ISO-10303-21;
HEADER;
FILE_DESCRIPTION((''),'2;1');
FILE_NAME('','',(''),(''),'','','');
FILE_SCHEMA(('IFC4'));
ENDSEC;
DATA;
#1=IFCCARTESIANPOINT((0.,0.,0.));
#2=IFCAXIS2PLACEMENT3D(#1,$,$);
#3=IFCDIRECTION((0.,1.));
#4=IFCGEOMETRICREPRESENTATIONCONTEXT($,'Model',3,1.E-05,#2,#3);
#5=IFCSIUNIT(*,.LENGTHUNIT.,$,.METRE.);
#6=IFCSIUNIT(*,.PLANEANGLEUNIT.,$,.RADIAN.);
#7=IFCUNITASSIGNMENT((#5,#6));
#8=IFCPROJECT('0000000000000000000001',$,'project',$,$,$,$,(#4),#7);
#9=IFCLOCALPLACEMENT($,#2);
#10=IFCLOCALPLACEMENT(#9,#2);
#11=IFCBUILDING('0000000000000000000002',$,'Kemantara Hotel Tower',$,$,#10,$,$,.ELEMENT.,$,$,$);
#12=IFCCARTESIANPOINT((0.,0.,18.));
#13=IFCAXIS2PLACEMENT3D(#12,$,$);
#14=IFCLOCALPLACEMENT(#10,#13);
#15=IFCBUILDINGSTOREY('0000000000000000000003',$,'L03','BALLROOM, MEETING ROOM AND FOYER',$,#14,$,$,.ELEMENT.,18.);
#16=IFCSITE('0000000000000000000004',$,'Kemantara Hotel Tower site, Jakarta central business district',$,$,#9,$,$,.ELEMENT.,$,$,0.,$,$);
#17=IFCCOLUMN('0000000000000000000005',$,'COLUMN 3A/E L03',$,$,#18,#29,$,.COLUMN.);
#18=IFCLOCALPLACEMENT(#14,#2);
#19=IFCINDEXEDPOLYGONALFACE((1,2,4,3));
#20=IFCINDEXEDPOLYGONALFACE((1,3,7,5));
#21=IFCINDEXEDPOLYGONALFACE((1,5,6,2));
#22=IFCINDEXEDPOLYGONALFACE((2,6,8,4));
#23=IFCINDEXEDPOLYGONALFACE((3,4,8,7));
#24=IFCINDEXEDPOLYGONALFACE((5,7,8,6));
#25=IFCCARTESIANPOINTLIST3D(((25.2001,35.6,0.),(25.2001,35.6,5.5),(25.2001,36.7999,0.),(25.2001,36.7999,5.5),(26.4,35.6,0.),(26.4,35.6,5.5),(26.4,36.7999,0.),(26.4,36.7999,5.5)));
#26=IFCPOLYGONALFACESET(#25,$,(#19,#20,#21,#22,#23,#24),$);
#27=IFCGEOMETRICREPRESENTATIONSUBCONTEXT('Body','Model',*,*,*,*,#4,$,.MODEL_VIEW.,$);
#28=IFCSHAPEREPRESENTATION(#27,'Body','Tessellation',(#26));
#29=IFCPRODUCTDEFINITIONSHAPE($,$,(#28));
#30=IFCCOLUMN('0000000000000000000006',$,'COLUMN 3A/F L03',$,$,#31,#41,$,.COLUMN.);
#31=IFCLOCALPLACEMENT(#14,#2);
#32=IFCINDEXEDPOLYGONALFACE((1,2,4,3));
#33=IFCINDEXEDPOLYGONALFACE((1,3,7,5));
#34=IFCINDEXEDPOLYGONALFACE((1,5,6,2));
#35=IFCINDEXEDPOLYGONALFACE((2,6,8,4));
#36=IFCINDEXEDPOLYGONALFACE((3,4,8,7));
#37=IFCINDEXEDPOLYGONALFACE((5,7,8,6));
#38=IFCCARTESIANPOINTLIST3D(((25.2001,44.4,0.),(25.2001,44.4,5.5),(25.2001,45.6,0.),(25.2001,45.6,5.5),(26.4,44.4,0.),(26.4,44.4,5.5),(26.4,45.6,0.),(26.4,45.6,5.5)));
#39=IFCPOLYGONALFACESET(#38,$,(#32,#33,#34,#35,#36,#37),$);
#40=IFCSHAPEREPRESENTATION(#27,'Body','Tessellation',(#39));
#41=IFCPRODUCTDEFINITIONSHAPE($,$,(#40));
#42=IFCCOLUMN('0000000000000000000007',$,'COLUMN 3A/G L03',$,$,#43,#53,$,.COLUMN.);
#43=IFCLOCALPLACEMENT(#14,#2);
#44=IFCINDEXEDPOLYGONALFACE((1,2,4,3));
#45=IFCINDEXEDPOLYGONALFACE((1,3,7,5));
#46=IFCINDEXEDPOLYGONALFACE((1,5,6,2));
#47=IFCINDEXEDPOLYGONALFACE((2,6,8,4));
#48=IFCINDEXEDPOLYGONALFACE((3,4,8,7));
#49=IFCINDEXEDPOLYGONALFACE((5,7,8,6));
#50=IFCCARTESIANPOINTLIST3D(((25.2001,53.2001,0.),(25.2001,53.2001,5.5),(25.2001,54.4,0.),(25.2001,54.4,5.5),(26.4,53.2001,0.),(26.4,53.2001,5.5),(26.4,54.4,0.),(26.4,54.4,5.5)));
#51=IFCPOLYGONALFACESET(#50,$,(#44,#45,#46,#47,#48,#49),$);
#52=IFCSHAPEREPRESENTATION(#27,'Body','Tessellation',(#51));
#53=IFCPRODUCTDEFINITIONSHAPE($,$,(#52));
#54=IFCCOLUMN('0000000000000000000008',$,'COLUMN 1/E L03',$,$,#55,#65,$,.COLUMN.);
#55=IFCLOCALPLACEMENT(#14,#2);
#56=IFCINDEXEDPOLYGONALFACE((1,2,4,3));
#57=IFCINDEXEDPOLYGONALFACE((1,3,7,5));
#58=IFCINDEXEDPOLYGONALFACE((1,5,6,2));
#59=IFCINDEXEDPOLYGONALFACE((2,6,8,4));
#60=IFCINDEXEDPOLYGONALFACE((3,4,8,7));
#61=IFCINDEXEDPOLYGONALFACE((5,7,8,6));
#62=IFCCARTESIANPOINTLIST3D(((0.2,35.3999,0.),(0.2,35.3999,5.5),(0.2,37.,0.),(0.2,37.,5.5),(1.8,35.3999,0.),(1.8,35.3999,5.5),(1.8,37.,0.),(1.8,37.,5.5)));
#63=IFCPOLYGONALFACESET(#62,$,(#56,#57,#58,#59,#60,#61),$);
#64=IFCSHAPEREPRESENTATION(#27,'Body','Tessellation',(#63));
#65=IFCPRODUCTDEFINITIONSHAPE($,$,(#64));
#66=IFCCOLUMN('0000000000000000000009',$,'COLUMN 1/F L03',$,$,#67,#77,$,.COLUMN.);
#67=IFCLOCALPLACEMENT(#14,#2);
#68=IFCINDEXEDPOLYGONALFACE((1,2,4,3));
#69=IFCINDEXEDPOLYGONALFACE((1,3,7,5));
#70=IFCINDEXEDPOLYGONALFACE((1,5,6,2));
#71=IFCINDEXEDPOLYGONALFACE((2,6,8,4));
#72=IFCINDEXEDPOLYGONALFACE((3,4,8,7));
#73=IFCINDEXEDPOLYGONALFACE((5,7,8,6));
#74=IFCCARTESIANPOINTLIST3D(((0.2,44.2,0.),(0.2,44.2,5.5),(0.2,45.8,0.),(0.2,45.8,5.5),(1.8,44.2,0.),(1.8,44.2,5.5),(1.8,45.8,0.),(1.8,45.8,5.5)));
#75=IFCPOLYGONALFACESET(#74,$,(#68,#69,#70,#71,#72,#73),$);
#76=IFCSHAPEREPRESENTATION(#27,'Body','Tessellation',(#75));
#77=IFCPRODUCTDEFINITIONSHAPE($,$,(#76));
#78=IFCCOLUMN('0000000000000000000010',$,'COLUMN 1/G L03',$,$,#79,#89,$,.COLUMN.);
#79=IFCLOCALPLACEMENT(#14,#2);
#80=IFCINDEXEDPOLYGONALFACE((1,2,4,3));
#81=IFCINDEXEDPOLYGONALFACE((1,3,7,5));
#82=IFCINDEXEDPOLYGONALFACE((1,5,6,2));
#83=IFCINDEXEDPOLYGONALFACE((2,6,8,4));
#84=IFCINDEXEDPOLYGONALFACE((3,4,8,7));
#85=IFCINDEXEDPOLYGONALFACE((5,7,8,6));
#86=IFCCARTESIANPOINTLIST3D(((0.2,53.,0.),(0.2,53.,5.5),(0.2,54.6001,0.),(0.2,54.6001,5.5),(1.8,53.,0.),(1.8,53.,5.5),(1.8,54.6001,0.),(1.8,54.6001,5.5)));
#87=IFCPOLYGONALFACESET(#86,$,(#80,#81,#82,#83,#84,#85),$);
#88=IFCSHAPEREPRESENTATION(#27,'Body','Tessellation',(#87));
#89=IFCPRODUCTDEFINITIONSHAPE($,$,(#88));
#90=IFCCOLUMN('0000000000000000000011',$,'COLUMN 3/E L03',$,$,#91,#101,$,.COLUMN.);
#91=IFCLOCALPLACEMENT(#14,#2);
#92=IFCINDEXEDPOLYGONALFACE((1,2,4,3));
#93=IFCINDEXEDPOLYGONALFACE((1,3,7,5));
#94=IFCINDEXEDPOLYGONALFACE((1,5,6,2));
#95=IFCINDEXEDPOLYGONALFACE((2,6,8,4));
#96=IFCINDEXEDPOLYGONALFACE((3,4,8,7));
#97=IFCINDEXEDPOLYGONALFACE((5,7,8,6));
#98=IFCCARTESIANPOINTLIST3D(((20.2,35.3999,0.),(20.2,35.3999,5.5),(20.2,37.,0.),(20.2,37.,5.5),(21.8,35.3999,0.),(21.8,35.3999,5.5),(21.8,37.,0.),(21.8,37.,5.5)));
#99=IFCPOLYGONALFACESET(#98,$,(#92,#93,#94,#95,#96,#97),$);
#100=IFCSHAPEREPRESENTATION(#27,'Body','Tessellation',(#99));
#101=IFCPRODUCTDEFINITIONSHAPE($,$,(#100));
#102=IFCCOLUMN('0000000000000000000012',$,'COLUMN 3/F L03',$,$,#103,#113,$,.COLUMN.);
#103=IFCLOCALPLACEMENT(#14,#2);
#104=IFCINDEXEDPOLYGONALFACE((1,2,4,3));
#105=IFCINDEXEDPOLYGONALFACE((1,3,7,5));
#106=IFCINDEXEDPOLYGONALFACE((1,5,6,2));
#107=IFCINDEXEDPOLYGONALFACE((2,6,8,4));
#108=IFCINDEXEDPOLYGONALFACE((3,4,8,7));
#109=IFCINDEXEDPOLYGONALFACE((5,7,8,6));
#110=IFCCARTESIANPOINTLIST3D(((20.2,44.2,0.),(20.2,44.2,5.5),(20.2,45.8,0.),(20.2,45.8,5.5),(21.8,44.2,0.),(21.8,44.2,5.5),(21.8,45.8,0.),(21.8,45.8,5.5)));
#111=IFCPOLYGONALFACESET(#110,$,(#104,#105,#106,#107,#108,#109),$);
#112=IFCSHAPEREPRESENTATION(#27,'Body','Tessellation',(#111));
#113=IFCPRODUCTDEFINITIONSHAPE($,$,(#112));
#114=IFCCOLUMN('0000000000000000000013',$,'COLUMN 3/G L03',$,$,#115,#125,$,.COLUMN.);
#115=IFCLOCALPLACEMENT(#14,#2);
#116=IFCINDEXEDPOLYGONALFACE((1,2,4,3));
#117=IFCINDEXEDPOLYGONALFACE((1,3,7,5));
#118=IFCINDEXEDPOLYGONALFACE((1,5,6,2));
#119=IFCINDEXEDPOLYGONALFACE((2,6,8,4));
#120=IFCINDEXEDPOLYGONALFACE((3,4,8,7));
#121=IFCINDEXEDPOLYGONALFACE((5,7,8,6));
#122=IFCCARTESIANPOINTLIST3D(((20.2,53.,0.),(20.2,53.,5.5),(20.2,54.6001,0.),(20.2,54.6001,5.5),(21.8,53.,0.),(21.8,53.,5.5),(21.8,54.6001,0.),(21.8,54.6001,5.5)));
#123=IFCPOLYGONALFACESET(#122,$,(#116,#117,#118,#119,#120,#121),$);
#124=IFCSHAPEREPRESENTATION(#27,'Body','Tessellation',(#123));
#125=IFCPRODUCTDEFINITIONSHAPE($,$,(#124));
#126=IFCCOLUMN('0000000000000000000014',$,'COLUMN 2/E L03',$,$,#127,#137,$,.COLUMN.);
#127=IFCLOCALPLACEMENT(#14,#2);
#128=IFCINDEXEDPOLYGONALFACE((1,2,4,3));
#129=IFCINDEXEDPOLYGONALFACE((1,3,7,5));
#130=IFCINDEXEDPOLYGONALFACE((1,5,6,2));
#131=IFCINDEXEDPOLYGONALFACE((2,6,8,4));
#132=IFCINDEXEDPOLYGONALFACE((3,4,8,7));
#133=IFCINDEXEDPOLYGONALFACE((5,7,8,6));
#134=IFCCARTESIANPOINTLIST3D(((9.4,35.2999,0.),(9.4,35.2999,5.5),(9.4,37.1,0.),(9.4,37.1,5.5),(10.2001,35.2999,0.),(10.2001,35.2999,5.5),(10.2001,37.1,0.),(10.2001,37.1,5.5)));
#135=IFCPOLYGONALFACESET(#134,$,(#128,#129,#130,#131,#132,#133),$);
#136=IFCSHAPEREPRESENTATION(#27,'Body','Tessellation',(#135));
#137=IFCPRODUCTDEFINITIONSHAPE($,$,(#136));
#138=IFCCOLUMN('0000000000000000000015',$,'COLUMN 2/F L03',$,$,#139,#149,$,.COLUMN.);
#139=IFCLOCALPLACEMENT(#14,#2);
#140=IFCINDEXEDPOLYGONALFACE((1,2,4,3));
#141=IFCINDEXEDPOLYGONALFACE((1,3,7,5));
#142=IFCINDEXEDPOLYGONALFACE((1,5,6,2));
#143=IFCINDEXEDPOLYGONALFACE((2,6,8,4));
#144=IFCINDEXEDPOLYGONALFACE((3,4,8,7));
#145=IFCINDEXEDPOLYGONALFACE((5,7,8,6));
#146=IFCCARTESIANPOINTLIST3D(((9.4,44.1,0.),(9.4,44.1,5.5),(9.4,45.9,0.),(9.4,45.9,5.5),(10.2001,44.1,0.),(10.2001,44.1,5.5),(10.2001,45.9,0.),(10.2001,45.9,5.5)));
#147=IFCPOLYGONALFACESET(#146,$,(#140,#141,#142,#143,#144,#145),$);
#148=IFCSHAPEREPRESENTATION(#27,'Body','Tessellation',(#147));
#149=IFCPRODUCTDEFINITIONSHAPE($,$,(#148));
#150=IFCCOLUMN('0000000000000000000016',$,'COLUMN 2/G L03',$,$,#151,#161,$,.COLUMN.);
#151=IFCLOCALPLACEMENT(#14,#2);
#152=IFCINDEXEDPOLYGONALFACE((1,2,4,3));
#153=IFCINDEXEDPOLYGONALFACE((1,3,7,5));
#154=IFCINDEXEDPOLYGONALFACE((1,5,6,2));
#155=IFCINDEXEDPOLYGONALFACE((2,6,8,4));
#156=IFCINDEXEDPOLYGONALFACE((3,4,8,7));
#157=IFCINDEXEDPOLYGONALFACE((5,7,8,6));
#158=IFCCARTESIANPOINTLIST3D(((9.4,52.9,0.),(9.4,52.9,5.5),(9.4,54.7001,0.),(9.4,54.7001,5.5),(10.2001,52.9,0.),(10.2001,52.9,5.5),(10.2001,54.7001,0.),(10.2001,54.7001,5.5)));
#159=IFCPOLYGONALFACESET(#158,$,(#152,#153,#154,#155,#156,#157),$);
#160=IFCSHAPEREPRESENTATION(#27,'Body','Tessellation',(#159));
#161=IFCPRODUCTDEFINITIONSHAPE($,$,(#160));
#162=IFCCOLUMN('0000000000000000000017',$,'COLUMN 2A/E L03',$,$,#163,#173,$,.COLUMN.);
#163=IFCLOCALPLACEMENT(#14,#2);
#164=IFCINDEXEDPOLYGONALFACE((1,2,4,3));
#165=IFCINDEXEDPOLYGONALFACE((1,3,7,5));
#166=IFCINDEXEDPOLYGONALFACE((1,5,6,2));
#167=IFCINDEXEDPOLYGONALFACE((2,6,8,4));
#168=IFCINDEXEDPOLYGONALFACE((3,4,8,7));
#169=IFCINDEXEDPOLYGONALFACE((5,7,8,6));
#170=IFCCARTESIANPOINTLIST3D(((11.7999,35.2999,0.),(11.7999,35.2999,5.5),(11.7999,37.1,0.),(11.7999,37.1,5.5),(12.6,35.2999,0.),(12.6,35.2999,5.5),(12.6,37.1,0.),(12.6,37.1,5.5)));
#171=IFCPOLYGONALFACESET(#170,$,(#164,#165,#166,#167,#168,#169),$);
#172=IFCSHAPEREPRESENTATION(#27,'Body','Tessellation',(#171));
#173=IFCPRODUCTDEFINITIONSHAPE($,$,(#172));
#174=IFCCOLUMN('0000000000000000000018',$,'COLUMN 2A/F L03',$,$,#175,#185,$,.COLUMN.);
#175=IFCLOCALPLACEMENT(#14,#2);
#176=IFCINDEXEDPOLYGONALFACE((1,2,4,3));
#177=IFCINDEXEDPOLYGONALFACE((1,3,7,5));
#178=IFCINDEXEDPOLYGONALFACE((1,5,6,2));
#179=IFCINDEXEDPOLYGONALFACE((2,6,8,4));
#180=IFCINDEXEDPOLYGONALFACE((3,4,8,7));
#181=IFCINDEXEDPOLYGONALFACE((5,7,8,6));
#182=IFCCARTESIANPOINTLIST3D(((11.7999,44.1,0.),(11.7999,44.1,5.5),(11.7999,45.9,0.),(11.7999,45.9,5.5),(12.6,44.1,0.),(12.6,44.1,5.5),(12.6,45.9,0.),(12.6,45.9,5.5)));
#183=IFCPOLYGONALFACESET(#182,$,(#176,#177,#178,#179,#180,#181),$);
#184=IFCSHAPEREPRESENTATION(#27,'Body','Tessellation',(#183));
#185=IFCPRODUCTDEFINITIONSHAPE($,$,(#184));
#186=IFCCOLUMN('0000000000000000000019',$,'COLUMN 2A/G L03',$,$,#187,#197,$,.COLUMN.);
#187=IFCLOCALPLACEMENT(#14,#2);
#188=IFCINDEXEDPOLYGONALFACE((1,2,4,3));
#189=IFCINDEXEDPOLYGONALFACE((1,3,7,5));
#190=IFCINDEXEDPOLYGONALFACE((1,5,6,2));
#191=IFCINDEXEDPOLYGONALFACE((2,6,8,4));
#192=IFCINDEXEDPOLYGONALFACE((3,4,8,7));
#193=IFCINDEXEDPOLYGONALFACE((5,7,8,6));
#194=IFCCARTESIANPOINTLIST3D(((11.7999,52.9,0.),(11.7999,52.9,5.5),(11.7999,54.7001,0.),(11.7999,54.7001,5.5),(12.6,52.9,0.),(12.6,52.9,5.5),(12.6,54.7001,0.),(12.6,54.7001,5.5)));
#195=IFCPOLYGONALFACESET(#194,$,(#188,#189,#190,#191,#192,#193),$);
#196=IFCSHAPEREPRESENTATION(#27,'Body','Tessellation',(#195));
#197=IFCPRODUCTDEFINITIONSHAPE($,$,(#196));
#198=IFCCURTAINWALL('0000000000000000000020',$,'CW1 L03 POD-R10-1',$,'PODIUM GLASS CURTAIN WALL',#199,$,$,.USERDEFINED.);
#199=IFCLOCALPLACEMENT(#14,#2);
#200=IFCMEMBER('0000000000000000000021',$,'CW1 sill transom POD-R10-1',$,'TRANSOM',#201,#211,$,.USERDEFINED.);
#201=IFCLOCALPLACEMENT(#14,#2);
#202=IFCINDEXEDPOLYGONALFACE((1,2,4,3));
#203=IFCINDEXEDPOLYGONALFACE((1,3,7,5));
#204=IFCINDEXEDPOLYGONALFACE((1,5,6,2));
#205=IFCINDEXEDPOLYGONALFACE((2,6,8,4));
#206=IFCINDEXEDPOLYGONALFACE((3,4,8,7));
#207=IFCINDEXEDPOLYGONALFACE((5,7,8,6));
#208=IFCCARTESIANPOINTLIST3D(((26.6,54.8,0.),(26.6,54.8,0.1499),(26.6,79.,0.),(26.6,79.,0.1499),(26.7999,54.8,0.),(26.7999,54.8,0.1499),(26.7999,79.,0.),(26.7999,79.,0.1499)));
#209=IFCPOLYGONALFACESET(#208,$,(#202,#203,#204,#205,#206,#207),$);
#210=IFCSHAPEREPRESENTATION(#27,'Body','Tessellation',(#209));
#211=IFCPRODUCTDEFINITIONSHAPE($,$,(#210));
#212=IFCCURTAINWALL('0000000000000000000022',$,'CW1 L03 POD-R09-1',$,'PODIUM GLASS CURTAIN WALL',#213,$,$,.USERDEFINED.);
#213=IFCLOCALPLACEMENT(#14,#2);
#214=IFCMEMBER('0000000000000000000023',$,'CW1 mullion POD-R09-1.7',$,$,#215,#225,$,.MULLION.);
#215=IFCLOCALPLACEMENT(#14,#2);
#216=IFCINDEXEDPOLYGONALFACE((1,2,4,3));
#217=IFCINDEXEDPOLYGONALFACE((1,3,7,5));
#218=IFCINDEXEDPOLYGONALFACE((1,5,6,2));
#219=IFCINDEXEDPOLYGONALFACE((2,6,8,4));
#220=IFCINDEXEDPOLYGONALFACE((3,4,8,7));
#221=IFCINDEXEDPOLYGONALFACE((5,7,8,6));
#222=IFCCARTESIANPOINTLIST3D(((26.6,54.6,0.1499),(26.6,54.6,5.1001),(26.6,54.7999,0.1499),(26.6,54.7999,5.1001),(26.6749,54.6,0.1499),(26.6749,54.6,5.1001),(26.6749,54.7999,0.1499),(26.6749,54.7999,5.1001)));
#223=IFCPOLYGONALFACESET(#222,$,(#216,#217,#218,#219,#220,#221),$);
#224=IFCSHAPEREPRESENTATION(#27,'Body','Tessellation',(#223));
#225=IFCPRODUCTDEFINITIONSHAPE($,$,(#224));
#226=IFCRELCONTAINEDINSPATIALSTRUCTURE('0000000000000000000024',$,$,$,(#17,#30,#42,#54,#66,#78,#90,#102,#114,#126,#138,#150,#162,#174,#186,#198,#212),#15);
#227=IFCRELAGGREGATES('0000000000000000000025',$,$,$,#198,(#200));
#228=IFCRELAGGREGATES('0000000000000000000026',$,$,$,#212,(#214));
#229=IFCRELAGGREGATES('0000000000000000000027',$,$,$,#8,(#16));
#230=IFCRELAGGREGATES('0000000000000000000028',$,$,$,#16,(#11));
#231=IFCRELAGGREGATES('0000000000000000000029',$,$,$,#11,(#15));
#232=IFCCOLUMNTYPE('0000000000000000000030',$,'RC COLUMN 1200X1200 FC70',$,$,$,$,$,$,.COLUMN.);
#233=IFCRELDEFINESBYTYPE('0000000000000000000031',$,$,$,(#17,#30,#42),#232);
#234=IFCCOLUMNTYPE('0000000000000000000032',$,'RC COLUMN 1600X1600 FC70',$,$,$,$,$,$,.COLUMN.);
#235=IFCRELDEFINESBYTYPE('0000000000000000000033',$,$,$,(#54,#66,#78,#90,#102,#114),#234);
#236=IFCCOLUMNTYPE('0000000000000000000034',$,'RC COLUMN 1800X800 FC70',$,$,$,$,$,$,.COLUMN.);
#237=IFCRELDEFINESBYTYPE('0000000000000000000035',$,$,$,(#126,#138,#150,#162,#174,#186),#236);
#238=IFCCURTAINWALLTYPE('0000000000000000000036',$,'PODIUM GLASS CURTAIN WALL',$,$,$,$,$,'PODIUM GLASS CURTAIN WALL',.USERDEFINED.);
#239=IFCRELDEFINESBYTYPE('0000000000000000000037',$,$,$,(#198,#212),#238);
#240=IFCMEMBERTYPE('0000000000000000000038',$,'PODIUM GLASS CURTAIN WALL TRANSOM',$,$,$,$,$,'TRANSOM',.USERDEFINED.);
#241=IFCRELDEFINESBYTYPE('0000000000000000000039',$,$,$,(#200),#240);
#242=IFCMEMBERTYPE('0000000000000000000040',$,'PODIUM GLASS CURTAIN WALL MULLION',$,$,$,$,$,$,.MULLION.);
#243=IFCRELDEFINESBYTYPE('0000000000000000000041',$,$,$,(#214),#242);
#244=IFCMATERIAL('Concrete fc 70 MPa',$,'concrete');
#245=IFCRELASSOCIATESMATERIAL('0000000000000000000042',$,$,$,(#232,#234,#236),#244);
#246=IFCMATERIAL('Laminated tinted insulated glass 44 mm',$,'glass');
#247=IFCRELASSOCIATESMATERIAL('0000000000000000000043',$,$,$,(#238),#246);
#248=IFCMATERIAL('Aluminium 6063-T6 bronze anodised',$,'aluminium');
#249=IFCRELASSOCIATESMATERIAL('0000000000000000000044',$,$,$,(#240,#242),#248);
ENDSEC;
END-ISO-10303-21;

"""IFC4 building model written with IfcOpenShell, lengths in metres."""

from ifc_helpers import new_model, si_unit, direction, frame, origin, origin_2d, place, context, subcontext, project, spatial, rectangle, extrude, source, transform, mapped, material, material_profile, profile_set, type_object, element, aggregate, save


model = new_model("IFC4")

# Units and contexts
model_context = context("Model", 3, precision=1e-05, world=origin(), true_north=direction((0.0, 1.0)))
body_context = subcontext(model_context, "Body", "Model", "MODEL_VIEW")
ifc_project = project(units=[si_unit("LENGTHUNIT", "METRE"), si_unit("PLANEANGLEUNIT", "RADIAN")], contexts=[model_context])

# Site, building, storey
site_placement = place(None, origin())
site = spatial("IfcSite", under=ifc_project, at=site_placement, Name="Kemantara Hotel Tower site, Jakarta central business district", CompositionType="ELEMENT", RefElevation=0.0)
building_placement = place(site_placement, origin())
building = spatial("IfcBuilding", under=site, at=building_placement, Name="Kemantara Hotel Tower", CompositionType="ELEMENT")
storey_placement = place(building_placement, frame((0.0, 0.0, 18.0)))
storey = spatial("IfcBuildingStorey", under=building, at=storey_placement, Name="L03", Description="BALLROOM, MEETING ROOM AND FOYER", CompositionType="ELEMENT", Elevation=18.0)

# Columns
ifc_material_1 = material(Name="Concrete fc 70 MPa", Category="concrete")
ifc_material_profile_1 = material_profile(ifc_material_1, rectangle(XDim=1.2, YDim=1.2, at=origin_2d()), Name="RC 1200X1200")
ifc_profile_set_1 = profile_set([ifc_material_profile_1], Name="Concrete fc 70 MPa")
column_type_1 = type_object("IfcColumnType", Name="RC COLUMN 1200X1200 FC70", PredefinedType="COLUMN", material=ifc_profile_set_1)
for number, where, z_axis, x_axis, name in (
    (1, (25.8, 36.2, 0.0), (0.0, 0.0, 1.0), (1.0, 0.0, 0.0), "COLUMN 3A/E L03"),
    (2, (25.8, 45.0, 0.0), (0.0, 0.0, 1.0), (1.0, 0.0, 0.0), "COLUMN 3A/F L03"),
    (3, (25.8, 53.8, 0.0), (0.0, 0.0, 1.0), (1.0, 0.0, 0.0), "COLUMN 3A/G L03"),
):
    element("IfcColumn", number, at=place(storey_placement, frame(where, z_axis=z_axis, x_axis=x_axis)), inside=storey, type_object=column_type_1, Name=name, PredefinedType="COLUMN", context=body_context, shape_type="SweptSolid", body=[
        extrude(rectangle(XDim=1.2, YDim=1.2, at=origin_2d()), origin(), (0.0, 0.0, 1.0), 5.5),
    ])
ifc_material_profile_2 = material_profile(ifc_material_1, rectangle(XDim=1.6001, YDim=1.6001, at=origin_2d()), Name="RC 1600X1600")
ifc_profile_set_2 = profile_set([ifc_material_profile_2], Name="Concrete fc 70 MPa")
column_type_2 = type_object("IfcColumnType", Name="RC COLUMN 1600X1600 FC70", PredefinedType="COLUMN", material=ifc_profile_set_2)
for number, where, z_axis, x_axis, name in (
    (4, (1.0, 36.2, 0.0), (0.0, 0.0, 1.0), (1.0, 0.0, 0.0), "COLUMN 1/E L03"),
    (5, (1.0, 45.0, 0.0), (0.0, 0.0, 1.0), (1.0, 0.0, 0.0), "COLUMN 1/F L03"),
    (6, (1.0, 53.8, 0.0), (0.0, 0.0, 1.0), (1.0, 0.0, 0.0), "COLUMN 1/G L03"),
    (7, (21.0, 36.2, 0.0), (0.0, 0.0, 1.0), (1.0, 0.0, 0.0), "COLUMN 3/E L03"),
    (8, (21.0, 45.0, 0.0), (0.0, 0.0, 1.0), (1.0, 0.0, 0.0), "COLUMN 3/F L03"),
    (9, (21.0, 53.8, 0.0), (0.0, 0.0, 1.0), (1.0, 0.0, 0.0), "COLUMN 3/G L03"),
):
    element("IfcColumn", number, at=place(storey_placement, frame(where, z_axis=z_axis, x_axis=x_axis)), inside=storey, type_object=column_type_2, Name=name, PredefinedType="COLUMN", context=body_context, shape_type="SweptSolid", body=[
        extrude(rectangle(XDim=1.6001, YDim=1.6001, at=origin_2d()), origin(), (0.0, 0.0, 1.0), 5.5),
    ])
ifc_material_profile_3 = material_profile(ifc_material_1, rectangle(XDim=1.8, YDim=0.8, at=origin_2d()), Name="RC 1800X800")
ifc_profile_set_3 = profile_set([ifc_material_profile_3], Name="Concrete fc 70 MPa")
column_type_3 = type_object("IfcColumnType", Name="RC COLUMN 1800X800 FC70", PredefinedType="COLUMN", material=ifc_profile_set_3)
for number, where, z_axis, x_axis, name in (
    (10, (9.8, 36.2, 0.0), (0.0, 0.0, 1.0), (0.0, 1.0, 0.0), "COLUMN 2/E L03"),
    (11, (9.8, 45.0, 0.0), (0.0, 0.0, 1.0), (0.0, 1.0, 0.0), "COLUMN 2/F L03"),
    (12, (9.8, 53.8, 0.0), (0.0, 0.0, 1.0), (0.0, 1.0, 0.0), "COLUMN 2/G L03"),
    (13, (12.2, 36.2, 0.0), (0.0, 0.0, 1.0), (0.0, 1.0, 0.0), "COLUMN 2A/E L03"),
    (14, (12.2, 45.0, 0.0), (0.0, 0.0, 1.0), (0.0, 1.0, 0.0), "COLUMN 2A/F L03"),
    (15, (12.2, 53.8, 0.0), (0.0, 0.0, 1.0), (0.0, 1.0, 0.0), "COLUMN 2A/G L03"),
):
    element("IfcColumn", number, at=place(storey_placement, frame(where, z_axis=z_axis, x_axis=x_axis)), inside=storey, type_object=column_type_3, Name=name, PredefinedType="COLUMN", context=body_context, shape_type="SweptSolid", body=[
        extrude(rectangle(XDim=1.8, YDim=0.8, at=origin_2d()), origin(), (0.0, 0.0, 1.0), 5.5),
    ])

# Curtain walls, members
ifc_material_2 = material(Name="Laminated tinted insulated glass 44 mm", Category="glass")
curtain_wall_type = type_object("IfcCurtainWallType", Name="PODIUM GLASS CURTAIN WALL", ElementType="PODIUM GLASS CURTAIN WALL", PredefinedType="USERDEFINED", material=ifc_material_2)
curtain_wall_1_placement = place(storey_placement, origin())
curtain_wall_1 = element("IfcCurtainWall", 16, at=curtain_wall_1_placement, inside=storey, type_object=curtain_wall_type, Name="CW1 L03 POD-R10-1", ObjectType="PODIUM GLASS CURTAIN WALL", PredefinedType="USERDEFINED")
ifc_material_3 = material(Name="Aluminium 6063-T6 bronze anodised", Category="aluminium")
ifc_material_profile_4 = material_profile(ifc_material_3, rectangle(XDim=0.2, YDim=0.1499, at=origin_2d()), Name="PODIUM GLASS CURTAIN WALL TRANSOM")
ifc_profile_set_4 = profile_set([ifc_material_profile_4], Name="Aluminium 6063-T6 bronze anodised")
member_type_1 = type_object("IfcMemberType", Name="PODIUM GLASS CURTAIN WALL TRANSOM", ElementType="TRANSOM", PredefinedType="USERDEFINED", material=ifc_profile_set_4)
member_1_placement = place(storey_placement, frame((26.7, 54.8, 0.075), z_axis=(0.0, 1.0, 0.0), x_axis=(-1.0, 0.0, 0.0)))
member_1 = element("IfcMember", 17, at=member_1_placement, type_object=member_type_1, Name="CW1 sill transom POD-R10-1", ObjectType="TRANSOM", PredefinedType="USERDEFINED", context=body_context, shape_type="SweptSolid", body=[
    extrude(rectangle(XDim=0.2, YDim=0.1499, at=origin_2d()), origin(), (0.0, 0.0, 1.0), 24.2),
])
aggregate(curtain_wall_1, [member_1])
curtain_wall_2_placement = place(storey_placement, origin())
curtain_wall_2 = element("IfcCurtainWall", 18, at=curtain_wall_2_placement, inside=storey, type_object=curtain_wall_type, Name="CW1 L03 POD-R09-1", ObjectType="PODIUM GLASS CURTAIN WALL", PredefinedType="USERDEFINED")
ifc_material_profile_5 = material_profile(ifc_material_3, rectangle(XDim=0.2, YDim=0.075, at=origin_2d()), Name="PODIUM GLASS CURTAIN WALL MULLION")
ifc_profile_set_5 = profile_set([ifc_material_profile_5], Name="Aluminium 6063-T6 bronze anodised")
member_type_2 = type_object("IfcMemberType", Name="PODIUM GLASS CURTAIN WALL MULLION", PredefinedType="MULLION", material=ifc_profile_set_5)
shared_shape_1 = source(origin(), body_context, "Body", "SweptSolid", [
    extrude(rectangle(XDim=0.2, YDim=0.075, at=origin_2d()), origin(), (0.0, 0.0, 1.0), 4.9502),
])
member_2_placement = place(storey_placement, frame((26.6375, 54.7, 0.1499), z_axis=(0.0, 0.0, 1.0), x_axis=(0.0, -1.0, 0.0)))
member_2 = element("IfcMember", 19, at=member_2_placement, type_object=member_type_2, Name="CW1 mullion POD-R09-1.7", PredefinedType="MULLION", context=body_context, shape_type="MappedRepresentation", body=[
    mapped(shared_shape_1, transform((0.0, 0.0, 0.0))),
])

aggregate(curtain_wall_2, [member_2])

save(model, "model.ifc")
